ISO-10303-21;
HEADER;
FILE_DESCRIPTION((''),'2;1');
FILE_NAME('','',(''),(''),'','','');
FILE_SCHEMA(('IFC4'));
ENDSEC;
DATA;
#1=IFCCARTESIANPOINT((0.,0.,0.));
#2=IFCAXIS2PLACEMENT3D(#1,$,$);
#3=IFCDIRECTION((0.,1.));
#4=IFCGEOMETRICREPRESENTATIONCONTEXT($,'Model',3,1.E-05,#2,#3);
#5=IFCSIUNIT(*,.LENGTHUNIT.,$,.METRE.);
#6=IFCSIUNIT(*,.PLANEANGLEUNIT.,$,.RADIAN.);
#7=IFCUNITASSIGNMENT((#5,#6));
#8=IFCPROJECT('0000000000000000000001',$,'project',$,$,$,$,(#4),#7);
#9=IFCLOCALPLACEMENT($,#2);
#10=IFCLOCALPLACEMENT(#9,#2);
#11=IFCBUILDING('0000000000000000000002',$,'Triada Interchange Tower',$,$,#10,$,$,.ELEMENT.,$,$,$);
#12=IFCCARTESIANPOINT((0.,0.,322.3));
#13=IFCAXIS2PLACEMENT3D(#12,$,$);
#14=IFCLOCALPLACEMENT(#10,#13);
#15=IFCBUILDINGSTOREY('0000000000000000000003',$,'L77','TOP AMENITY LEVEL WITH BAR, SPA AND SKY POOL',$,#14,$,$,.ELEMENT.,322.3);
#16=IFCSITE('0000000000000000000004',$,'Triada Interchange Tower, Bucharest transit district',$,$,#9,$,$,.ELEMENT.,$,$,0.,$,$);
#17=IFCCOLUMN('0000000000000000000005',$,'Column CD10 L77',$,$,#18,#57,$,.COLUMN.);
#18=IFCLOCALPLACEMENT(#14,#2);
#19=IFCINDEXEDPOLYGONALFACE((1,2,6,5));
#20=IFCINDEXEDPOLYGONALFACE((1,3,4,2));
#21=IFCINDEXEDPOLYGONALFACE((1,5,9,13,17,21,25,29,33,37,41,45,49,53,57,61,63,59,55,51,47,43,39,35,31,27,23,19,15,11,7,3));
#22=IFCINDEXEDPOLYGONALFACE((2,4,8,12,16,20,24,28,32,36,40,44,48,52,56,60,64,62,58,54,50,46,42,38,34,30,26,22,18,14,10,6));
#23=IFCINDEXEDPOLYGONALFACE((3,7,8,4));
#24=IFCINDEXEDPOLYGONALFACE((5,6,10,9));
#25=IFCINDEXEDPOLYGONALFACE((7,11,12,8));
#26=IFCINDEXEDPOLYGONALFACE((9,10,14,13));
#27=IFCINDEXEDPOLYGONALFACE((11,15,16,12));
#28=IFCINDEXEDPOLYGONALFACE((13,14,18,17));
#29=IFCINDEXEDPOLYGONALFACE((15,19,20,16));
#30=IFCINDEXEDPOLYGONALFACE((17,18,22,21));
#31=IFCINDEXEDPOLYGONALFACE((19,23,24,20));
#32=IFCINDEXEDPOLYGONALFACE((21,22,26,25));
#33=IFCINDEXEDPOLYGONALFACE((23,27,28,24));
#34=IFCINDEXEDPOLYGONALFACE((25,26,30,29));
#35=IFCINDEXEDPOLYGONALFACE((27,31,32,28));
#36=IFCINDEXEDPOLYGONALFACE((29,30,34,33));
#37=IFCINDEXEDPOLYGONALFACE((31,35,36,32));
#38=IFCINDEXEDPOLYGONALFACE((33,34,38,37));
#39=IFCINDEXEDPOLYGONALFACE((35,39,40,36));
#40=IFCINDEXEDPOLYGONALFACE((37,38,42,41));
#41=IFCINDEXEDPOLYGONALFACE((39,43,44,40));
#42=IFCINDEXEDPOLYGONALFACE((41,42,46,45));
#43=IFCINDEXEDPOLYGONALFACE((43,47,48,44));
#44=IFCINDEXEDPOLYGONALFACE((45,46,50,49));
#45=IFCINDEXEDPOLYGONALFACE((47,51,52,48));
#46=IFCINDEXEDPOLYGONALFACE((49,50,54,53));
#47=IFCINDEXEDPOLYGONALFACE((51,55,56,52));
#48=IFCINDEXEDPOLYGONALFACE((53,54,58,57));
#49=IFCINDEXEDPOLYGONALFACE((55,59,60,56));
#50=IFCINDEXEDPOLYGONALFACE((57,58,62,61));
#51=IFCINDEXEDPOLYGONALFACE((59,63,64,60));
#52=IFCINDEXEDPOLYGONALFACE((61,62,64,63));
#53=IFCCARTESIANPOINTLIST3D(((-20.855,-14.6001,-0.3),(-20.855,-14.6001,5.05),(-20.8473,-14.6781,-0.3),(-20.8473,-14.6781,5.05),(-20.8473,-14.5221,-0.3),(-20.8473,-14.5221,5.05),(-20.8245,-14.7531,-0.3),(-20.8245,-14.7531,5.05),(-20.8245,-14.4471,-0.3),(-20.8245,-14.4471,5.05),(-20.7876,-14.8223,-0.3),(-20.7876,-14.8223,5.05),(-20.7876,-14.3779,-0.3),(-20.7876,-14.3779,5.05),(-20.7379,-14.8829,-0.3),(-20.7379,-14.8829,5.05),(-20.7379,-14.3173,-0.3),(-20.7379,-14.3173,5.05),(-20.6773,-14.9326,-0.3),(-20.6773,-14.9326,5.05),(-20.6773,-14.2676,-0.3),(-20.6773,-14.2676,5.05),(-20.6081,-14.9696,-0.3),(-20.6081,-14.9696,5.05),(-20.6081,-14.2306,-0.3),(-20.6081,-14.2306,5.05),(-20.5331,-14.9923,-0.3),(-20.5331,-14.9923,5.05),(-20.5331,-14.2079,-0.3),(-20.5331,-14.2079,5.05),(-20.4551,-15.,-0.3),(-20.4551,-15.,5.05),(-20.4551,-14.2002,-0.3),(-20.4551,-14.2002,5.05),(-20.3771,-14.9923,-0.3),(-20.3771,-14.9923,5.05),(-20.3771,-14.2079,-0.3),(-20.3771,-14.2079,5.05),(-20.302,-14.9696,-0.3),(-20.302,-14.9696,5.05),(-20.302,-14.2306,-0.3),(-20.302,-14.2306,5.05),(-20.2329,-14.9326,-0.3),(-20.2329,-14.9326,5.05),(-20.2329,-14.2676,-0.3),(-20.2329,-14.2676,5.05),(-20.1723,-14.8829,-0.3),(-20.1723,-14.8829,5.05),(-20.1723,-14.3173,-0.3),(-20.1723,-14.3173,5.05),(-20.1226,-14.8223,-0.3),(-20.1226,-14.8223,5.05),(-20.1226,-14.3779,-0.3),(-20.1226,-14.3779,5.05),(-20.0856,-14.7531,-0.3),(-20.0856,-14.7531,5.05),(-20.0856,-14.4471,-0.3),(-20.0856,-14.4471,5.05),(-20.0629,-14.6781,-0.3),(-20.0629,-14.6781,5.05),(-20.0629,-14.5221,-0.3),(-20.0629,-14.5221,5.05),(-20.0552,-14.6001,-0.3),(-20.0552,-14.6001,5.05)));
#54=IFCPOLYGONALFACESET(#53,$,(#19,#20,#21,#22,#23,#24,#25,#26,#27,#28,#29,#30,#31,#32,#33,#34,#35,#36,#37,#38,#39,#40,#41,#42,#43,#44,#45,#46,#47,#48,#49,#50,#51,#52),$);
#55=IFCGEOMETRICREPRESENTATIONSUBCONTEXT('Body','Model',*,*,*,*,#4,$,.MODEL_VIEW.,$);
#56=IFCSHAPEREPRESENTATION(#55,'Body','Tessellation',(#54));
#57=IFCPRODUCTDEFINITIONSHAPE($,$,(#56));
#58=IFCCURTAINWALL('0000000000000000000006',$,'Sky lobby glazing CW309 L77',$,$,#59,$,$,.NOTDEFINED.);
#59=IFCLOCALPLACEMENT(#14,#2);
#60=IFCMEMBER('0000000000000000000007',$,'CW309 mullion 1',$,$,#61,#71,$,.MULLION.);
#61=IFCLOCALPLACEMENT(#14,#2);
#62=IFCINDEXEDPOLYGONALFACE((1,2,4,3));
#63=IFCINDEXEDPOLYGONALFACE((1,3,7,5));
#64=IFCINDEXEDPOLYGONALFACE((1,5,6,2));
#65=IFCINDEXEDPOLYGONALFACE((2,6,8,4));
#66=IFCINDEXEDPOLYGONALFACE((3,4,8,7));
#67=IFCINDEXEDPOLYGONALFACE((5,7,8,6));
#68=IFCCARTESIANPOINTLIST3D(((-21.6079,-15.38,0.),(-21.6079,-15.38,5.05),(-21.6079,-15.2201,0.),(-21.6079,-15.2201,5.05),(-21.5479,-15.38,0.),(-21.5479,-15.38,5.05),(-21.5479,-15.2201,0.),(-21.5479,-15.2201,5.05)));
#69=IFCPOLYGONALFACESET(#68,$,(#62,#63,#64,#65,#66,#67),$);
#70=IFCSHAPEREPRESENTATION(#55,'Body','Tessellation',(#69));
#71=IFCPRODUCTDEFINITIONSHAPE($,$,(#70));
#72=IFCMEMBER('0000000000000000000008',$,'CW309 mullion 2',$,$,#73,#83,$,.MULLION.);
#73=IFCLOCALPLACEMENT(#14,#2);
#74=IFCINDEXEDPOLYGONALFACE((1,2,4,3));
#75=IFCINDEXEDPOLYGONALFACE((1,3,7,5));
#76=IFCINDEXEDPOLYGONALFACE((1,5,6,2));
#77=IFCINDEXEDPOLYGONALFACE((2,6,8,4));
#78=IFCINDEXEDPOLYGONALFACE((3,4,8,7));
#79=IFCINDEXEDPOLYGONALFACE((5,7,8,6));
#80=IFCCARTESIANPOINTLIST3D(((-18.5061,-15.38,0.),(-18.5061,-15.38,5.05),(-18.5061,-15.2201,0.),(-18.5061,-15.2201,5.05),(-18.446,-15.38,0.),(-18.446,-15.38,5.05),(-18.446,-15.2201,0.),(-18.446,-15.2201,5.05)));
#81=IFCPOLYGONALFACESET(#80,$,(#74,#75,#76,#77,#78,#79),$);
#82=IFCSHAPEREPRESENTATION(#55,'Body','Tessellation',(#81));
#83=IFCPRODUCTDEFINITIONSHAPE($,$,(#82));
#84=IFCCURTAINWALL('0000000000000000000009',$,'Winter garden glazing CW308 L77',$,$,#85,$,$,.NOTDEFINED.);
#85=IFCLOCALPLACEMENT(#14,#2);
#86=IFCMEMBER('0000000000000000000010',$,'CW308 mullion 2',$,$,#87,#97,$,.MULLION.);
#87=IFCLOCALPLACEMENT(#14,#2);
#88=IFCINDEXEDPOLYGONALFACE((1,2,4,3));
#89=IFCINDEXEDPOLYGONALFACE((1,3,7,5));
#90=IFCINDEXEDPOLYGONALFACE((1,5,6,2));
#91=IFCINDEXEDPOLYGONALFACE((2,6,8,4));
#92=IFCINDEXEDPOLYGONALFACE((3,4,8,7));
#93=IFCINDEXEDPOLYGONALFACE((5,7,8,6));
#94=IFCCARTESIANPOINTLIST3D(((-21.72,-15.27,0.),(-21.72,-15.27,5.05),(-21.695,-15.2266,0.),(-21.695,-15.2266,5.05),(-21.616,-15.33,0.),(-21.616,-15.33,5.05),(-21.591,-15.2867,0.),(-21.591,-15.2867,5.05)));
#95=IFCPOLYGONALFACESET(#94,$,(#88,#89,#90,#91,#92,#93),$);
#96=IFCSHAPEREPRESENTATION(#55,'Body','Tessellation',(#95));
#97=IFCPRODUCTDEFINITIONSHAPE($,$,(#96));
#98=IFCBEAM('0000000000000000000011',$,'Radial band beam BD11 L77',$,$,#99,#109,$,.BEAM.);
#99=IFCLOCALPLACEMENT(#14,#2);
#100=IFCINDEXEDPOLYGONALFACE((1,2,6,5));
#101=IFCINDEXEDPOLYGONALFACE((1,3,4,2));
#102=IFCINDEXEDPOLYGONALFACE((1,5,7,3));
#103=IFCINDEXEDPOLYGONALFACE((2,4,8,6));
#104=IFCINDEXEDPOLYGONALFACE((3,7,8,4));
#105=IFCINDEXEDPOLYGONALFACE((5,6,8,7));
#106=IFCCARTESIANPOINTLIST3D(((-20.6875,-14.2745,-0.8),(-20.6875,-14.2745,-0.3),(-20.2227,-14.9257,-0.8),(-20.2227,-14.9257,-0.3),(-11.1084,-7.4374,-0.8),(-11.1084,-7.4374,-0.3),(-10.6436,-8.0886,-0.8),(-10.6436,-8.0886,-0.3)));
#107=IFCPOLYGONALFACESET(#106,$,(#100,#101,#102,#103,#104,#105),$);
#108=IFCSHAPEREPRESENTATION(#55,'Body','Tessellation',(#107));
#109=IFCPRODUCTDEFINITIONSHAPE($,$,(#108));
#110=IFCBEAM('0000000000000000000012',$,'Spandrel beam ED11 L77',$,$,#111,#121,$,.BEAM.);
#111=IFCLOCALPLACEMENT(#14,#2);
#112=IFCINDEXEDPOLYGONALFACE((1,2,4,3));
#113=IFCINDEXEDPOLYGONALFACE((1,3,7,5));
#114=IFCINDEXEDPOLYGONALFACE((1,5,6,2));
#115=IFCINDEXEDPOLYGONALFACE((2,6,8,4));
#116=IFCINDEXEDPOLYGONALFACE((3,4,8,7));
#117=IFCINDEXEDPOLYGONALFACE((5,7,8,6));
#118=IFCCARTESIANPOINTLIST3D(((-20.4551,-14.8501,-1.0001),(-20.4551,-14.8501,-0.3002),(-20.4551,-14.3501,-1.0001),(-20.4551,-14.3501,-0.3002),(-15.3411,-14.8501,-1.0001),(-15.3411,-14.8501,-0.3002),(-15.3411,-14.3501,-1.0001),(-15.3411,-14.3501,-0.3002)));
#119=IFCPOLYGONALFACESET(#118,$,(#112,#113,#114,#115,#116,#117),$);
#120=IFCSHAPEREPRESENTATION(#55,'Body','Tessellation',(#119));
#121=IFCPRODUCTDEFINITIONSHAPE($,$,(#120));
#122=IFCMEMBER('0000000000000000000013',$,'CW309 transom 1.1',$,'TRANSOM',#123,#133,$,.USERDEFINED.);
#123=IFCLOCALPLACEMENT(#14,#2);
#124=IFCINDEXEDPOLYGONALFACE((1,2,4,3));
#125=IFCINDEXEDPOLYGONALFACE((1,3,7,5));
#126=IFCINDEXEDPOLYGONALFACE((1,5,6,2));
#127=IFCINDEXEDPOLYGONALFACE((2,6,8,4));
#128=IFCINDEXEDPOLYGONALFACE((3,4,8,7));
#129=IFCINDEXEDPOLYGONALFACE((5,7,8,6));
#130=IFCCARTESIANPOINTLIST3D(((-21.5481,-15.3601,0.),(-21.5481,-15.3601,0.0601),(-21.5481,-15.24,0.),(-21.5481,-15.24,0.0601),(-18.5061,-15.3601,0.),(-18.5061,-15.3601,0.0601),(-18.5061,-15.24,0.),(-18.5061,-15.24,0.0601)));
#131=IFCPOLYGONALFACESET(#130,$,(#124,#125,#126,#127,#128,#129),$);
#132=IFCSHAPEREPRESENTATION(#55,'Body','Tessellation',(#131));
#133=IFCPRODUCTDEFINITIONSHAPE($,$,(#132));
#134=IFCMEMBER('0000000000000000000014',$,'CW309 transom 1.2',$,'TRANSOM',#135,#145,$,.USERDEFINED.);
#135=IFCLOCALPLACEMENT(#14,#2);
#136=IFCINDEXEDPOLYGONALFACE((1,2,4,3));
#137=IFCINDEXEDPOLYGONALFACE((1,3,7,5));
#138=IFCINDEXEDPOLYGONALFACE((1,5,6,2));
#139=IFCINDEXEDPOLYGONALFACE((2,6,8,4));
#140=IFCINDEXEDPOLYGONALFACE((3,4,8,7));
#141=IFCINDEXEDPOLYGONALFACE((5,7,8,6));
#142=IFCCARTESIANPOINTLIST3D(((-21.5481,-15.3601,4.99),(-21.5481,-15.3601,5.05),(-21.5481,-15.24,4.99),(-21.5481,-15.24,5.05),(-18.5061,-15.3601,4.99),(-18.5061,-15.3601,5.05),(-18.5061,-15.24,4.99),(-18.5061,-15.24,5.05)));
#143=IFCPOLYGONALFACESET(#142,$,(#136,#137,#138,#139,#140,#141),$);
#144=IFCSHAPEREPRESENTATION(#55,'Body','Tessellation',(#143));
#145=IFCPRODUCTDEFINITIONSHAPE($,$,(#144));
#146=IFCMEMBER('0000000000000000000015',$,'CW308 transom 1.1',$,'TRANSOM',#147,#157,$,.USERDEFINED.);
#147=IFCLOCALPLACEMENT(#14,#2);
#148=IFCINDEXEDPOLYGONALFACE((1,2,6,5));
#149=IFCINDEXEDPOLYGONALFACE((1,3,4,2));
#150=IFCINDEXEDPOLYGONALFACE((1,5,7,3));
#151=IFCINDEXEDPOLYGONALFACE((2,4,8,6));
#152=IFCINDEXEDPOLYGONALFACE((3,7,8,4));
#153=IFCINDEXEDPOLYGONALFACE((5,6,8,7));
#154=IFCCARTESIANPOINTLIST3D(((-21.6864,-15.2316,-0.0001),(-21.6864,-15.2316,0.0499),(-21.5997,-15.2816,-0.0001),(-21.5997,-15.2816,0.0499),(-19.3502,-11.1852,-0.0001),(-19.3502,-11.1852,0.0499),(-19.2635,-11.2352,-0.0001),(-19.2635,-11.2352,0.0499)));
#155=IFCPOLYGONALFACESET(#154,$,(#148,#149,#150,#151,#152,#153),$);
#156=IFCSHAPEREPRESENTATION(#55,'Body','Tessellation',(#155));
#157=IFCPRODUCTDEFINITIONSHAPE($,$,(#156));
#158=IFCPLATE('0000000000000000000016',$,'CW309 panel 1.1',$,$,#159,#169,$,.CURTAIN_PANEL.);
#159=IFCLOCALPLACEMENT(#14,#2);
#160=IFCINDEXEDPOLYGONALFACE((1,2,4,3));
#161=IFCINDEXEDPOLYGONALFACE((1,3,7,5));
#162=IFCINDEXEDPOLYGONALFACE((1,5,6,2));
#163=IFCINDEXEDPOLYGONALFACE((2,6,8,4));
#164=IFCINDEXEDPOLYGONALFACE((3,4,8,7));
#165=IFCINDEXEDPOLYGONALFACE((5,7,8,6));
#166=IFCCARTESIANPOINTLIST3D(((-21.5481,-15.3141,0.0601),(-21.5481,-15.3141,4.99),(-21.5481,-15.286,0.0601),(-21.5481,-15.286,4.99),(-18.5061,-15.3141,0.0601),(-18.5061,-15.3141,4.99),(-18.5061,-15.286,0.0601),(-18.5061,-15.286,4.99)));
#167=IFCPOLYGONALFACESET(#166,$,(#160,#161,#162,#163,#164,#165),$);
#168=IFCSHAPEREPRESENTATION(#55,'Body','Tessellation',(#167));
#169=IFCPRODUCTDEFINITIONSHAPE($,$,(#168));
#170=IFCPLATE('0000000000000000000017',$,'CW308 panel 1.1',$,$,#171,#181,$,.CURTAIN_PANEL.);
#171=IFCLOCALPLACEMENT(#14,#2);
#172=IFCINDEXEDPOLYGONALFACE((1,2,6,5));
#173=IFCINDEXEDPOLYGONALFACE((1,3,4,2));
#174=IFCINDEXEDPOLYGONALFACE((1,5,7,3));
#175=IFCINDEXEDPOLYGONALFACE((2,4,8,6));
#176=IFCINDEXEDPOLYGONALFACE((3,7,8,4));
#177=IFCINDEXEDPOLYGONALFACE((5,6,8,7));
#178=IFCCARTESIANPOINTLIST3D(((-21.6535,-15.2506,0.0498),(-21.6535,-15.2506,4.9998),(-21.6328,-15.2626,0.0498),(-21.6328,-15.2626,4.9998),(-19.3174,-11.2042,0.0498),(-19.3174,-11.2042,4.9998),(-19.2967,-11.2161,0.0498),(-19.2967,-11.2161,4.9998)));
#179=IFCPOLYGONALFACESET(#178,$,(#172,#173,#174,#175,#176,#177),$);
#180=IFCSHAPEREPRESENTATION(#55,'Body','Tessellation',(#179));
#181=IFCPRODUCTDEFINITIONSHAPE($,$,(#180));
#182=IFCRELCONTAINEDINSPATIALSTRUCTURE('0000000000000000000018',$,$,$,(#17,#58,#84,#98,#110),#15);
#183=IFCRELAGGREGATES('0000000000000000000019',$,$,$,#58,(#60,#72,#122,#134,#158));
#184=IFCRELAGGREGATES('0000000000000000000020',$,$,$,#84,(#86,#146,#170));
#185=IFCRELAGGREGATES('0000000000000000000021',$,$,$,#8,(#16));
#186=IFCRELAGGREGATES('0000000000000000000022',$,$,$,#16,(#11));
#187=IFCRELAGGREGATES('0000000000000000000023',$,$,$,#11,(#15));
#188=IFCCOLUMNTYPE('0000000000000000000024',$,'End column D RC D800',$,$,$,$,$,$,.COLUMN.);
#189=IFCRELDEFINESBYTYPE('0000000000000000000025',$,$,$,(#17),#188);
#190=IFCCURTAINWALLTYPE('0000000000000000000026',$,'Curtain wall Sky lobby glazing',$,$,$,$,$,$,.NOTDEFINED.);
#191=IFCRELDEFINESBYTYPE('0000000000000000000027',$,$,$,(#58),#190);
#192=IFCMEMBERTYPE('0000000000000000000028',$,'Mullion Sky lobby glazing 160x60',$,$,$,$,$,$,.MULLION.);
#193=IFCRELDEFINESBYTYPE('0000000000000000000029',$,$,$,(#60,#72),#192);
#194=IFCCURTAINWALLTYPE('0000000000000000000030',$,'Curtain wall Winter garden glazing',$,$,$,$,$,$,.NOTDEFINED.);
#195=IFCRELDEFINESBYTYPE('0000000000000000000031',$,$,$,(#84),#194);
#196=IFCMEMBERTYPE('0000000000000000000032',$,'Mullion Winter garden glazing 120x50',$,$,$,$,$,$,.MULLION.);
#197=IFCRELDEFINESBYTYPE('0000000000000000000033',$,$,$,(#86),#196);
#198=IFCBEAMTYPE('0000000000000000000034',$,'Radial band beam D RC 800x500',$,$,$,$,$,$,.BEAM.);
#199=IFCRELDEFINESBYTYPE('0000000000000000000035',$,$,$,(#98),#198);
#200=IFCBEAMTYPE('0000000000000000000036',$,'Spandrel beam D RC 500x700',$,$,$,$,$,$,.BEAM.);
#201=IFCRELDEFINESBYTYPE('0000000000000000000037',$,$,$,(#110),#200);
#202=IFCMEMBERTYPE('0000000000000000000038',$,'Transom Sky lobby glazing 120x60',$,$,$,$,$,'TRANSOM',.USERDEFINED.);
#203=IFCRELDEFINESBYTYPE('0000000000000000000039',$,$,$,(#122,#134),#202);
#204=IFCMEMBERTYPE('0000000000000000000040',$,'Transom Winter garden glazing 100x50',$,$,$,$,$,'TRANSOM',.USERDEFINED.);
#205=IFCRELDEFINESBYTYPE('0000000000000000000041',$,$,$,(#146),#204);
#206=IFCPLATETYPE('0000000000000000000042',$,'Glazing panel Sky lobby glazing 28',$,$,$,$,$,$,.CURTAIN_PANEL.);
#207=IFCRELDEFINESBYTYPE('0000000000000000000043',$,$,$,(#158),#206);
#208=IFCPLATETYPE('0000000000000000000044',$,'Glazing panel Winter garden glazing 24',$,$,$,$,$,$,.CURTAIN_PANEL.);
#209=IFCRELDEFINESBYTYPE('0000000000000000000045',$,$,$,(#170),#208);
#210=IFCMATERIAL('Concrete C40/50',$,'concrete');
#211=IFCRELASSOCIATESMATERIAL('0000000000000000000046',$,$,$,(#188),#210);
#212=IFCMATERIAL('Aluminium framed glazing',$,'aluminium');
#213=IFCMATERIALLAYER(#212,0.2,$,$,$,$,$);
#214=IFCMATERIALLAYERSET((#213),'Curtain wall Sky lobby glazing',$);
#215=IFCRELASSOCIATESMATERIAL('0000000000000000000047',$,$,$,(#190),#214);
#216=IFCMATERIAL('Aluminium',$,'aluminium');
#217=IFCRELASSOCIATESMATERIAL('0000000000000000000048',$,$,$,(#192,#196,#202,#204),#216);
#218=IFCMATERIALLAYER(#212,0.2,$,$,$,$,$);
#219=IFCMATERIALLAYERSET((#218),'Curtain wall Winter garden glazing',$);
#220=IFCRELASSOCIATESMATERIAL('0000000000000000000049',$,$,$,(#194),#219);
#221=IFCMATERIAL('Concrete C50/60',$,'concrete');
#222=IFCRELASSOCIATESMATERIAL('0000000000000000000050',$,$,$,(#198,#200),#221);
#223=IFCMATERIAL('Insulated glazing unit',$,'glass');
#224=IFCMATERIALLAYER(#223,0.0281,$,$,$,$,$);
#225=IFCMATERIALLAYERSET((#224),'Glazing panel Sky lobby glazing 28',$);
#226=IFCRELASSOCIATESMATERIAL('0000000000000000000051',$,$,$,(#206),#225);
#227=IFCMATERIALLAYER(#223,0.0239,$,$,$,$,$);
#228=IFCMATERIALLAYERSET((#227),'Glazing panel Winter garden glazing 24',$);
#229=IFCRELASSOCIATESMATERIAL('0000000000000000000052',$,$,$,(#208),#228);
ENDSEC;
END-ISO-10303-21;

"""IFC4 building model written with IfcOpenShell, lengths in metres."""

from ifc_helpers import new_model, si_unit, direction, frame, origin, origin_2d, place, context, subcontext, project, spatial, rectangle, circle, extrude, material, layer, layer_set, material_profile, profile_set, type_object, element, aggregate, save


model = new_model("IFC4")

# Units and contexts
model_context = context("Model", 3, precision=1e-05, world=origin(), true_north=direction((0.0, 1.0)))
body_context = subcontext(model_context, "Body", "Model", "MODEL_VIEW")
ifc_project = project(units=[si_unit("LENGTHUNIT", "METRE"), si_unit("PLANEANGLEUNIT", "RADIAN")], contexts=[model_context])

# Site, building, storey
site_placement = place(None, origin())
site = spatial("IfcSite", under=ifc_project, at=site_placement, Name="Triada Interchange Tower, Bucharest transit district", CompositionType="ELEMENT", RefElevation=0.0)
building_placement = place(site_placement, origin())
building = spatial("IfcBuilding", under=site, at=building_placement, Name="Triada Interchange Tower", CompositionType="ELEMENT")
storey_placement = place(building_placement, frame((0.0, 0.0, 322.3)))
storey = spatial("IfcBuildingStorey", under=building, at=storey_placement, Name="L77", Description="TOP AMENITY LEVEL WITH BAR, SPA AND SKY POOL", CompositionType="ELEMENT", Elevation=322.3)

# Column
ifc_material_1 = material(Name="Concrete C40/50", Category="concrete")
ifc_material_profile_1 = material_profile(ifc_material_1, circle(Radius=0.3999, at=origin_2d()), Name="RC D800")
ifc_profile_set_1 = profile_set([ifc_material_profile_1], Name="Concrete C40/50")
column_type = type_object("IfcColumnType", Name="End column D RC D800", PredefinedType="COLUMN", material=ifc_profile_set_1)
column_placement = place(storey_placement, frame((-20.4551, -14.6001, -0.3), z_axis=(0.0, 0.0, 1.0), x_axis=(1.0, 0.0, 0.0)))
element("IfcColumn", 1, at=column_placement, inside=storey, type_object=column_type, Name="Column CD10 L77", PredefinedType="COLUMN", context=body_context, shape_type="SweptSolid", body=[
    extrude(circle(Radius=0.3999, at=origin_2d()), origin(), (0.0, 0.0, 1.0), 5.3501),
])

# Curtain wall, members
ifc_material_2 = material(Name="Aluminium framed glazing", Category="aluminium")
ifc_layer_1 = layer(ifc_material_2, 0.2)
ifc_layer_set_1 = layer_set([ifc_layer_1], Name="Curtain wall Sky lobby glazing")
curtain_wall_type_1 = type_object("IfcCurtainWallType", Name="Curtain wall Sky lobby glazing", PredefinedType="NOTDEFINED", material=ifc_layer_set_1)
curtain_wall_1_placement = place(storey_placement, origin())
curtain_wall_1 = element("IfcCurtainWall", 2, at=curtain_wall_1_placement, inside=storey, type_object=curtain_wall_type_1, Name="Sky lobby glazing CW309 L77", PredefinedType="NOTDEFINED")
ifc_material_3 = material(Name="Aluminium", Category="aluminium")
ifc_material_profile_2 = material_profile(ifc_material_3, rectangle(XDim=0.1599, YDim=0.0601, at=origin_2d()), Name="Aluminium mullion")
ifc_profile_set_2 = profile_set([ifc_material_profile_2], Name="Aluminium")
member_type_1 = type_object("IfcMemberType", Name="Mullion Sky lobby glazing 160x60", PredefinedType="MULLION", material=ifc_profile_set_2)
member_1_placement = place(storey_placement, frame((-21.5779, -15.3, 0.0), z_axis=(0.0, 0.0, 1.0), x_axis=(0.0, 1.0, 0.0)))
member_1 = element("IfcMember", 3, at=member_1_placement, type_object=member_type_1, Name="CW309 mullion 1", PredefinedType="MULLION", context=body_context, shape_type="SweptSolid", body=[
    extrude(rectangle(XDim=0.1599, YDim=0.0601, at=origin_2d()), origin(), (0.0, 0.0, 1.0), 5.05),
])
member_2_placement = place(storey_placement, frame((-18.4761, -15.3, 0.0), z_axis=(0.0, 0.0, 1.0), x_axis=(0.0, 1.0, 0.0)))
member_2 = element("IfcMember", 4, at=member_2_placement, type_object=member_type_1, Name="CW309 mullion 2", PredefinedType="MULLION", context=body_context, shape_type="SweptSolid", body=[
    extrude(rectangle(XDim=0.1599, YDim=0.0601, at=origin_2d()), origin(), (0.0, 0.0, 1.0), 5.05),
])

# Curtain wall, member
ifc_layer_2 = layer(ifc_material_2, 0.2)
ifc_layer_set_2 = layer_set([ifc_layer_2], Name="Curtain wall Winter garden glazing")
curtain_wall_type_2 = type_object("IfcCurtainWallType", Name="Curtain wall Winter garden glazing", PredefinedType="NOTDEFINED", material=ifc_layer_set_2)
curtain_wall_2_placement = place(storey_placement, origin())
curtain_wall_2 = element("IfcCurtainWall", 5, at=curtain_wall_2_placement, inside=storey, type_object=curtain_wall_type_2, Name="Winter garden glazing CW308 L77", PredefinedType="NOTDEFINED")
ifc_material_profile_3 = material_profile(ifc_material_3, rectangle(XDim=0.1201, YDim=0.05, at=origin_2d()), Name="Aluminium mullion")
ifc_profile_set_3 = profile_set([ifc_material_profile_3], Name="Aluminium")
member_type_2 = type_object("IfcMemberType", Name="Mullion Winter garden glazing 120x50", PredefinedType="MULLION", material=ifc_profile_set_3)
member_3_placement = place(storey_placement, frame((-21.6555, -15.2783, 0.0), z_axis=(0.0, 0.0, 1.0), x_axis=(0.866043, -0.49997, 0.0)))
member_3 = element("IfcMember", 6, at=member_3_placement, type_object=member_type_2, Name="CW308 mullion 2", PredefinedType="MULLION", context=body_context, shape_type="SweptSolid", body=[
    extrude(rectangle(XDim=0.1201, YDim=0.05, at=origin_2d()), origin(), (0.0, 0.0, 1.0), 5.05),
])

# Beams
ifc_material_4 = material(Name="Concrete C50/60", Category="concrete")
ifc_material_profile_4 = material_profile(ifc_material_4, rectangle(XDim=0.8, YDim=0.5, at=origin_2d()), Name="RC 800x500")
ifc_profile_set_4 = profile_set([ifc_material_profile_4], Name="Concrete C50/60")
beam_type_1 = type_object("IfcBeamType", Name="Radial band beam D RC 800x500", PredefinedType="BEAM", material=ifc_profile_set_4)
beam_1_placement = place(storey_placement, frame((-20.4551, -14.6001, -0.55), z_axis=(0.813937, 0.580954, 0.0), x_axis=(-0.580954, 0.813937, 0.0)))
element("IfcBeam", 7, at=beam_1_placement, inside=storey, type_object=beam_type_1, Name="Radial band beam BD11 L77", PredefinedType="BEAM", context=body_context, shape_type="SweptSolid", body=[
    extrude(rectangle(XDim=0.8, YDim=0.5, at=origin_2d()), origin(), (0.0, 0.0, 1.0), 11.7688),
])
ifc_material_profile_5 = material_profile(ifc_material_4, rectangle(XDim=0.5, YDim=0.7, at=origin_2d()), Name="RC 500x700")
ifc_profile_set_5 = profile_set([ifc_material_profile_5], Name="Concrete C50/60")
beam_type_2 = type_object("IfcBeamType", Name="Spandrel beam D RC 500x700", PredefinedType="BEAM", material=ifc_profile_set_5)
beam_2_placement = place(storey_placement, frame((-20.4551, -14.6001, -0.6501), z_axis=(1.0, 0.0, 0.0), x_axis=(0.0, 1.0, 0.0)))
element("IfcBeam", 8, at=beam_2_placement, inside=storey, type_object=beam_type_2, Name="Spandrel beam ED11 L77", PredefinedType="BEAM", context=body_context, shape_type="SweptSolid", body=[
    extrude(rectangle(XDim=0.5, YDim=0.7, at=origin_2d()), origin(), (0.0, 0.0, 1.0), 5.114),
])

# Members
ifc_material_profile_6 = material_profile(ifc_material_3, rectangle(XDim=0.1201, YDim=0.0601, at=origin_2d()), Name="Aluminium transom")
ifc_profile_set_6 = profile_set([ifc_material_profile_6], Name="Aluminium")
member_type_3 = type_object("IfcMemberType", Name="Transom Sky lobby glazing 120x60", ElementType="TRANSOM", PredefinedType="USERDEFINED", material=ifc_profile_set_6)
member_4_placement = place(storey_placement, frame((-21.5481, -15.3, 0.03), z_axis=(1.0, 0.0, 0.0), x_axis=(0.0, 1.0, 0.0)))
member_4 = element("IfcMember", 9, at=member_4_placement, type_object=member_type_3, Name="CW309 transom 1.1", ObjectType="TRANSOM", PredefinedType="USERDEFINED", context=body_context, shape_type="SweptSolid", body=[
    extrude(rectangle(XDim=0.1201, YDim=0.0601, at=origin_2d()), origin(), (0.0, 0.0, 1.0), 3.042),
])
member_5_placement = place(storey_placement, frame((-21.5481, -15.3, 5.02), z_axis=(1.0, 0.0, 0.0), x_axis=(0.0, 1.0, 0.0)))
member_5 = element("IfcMember", 10, at=member_5_placement, type_object=member_type_3, Name="CW309 transom 1.2", ObjectType="TRANSOM", PredefinedType="USERDEFINED", context=body_context, shape_type="SweptSolid", body=[
    extrude(rectangle(XDim=0.1201, YDim=0.0601, at=origin_2d()), origin(), (0.0, 0.0, 1.0), 3.042),
])
ifc_material_profile_7 = material_profile(ifc_material_3, rectangle(XDim=0.1001, YDim=0.05, at=origin_2d()), Name="Aluminium transom")
ifc_profile_set_7 = profile_set([ifc_material_profile_7], Name="Aluminium")
member_type_4 = type_object("IfcMemberType", Name="Transom Winter garden glazing 100x50", ElementType="TRANSOM", PredefinedType="USERDEFINED", material=ifc_profile_set_7)
member_6_placement = place(storey_placement, frame((-19.3069, -11.2102, 0.0249), z_axis=(-0.5, -0.866025, 0.0), x_axis=(0.866025, -0.5, 0.0)))
member_6 = element("IfcMember", 11, at=member_6_placement, type_object=member_type_4, Name="CW308 transom 1.1", ObjectType="TRANSOM", PredefinedType="USERDEFINED", context=body_context, shape_type="SweptSolid", body=[
    extrude(rectangle(XDim=0.1001, YDim=0.05, at=origin_2d()), origin(), (0.0, 0.0, 1.0), 4.6724),
])

# Plates
ifc_material_5 = material(Name="Insulated glazing unit", Category="glass")
ifc_layer_3 = layer(ifc_material_5, 0.0281)
ifc_layer_set_3 = layer_set([ifc_layer_3], Name="Glazing panel Sky lobby glazing 28")
plate_type_1 = type_object("IfcPlateType", Name="Glazing panel Sky lobby glazing 28", PredefinedType="CURTAIN_PANEL", material=ifc_layer_set_3)
plate_1_placement = place(storey_placement, frame((-20.0271, -15.3, 0.0601), z_axis=(0.0, 0.0, 1.0), x_axis=(1.0, 0.0, 0.0)))
plate_1 = element("IfcPlate", 12, at=plate_1_placement, type_object=plate_type_1, Name="CW309 panel 1.1", PredefinedType="CURTAIN_PANEL", context=body_context, shape_type="SweptSolid", body=[
    extrude(rectangle(XDim=3.042, YDim=0.0281, at=origin_2d()), origin(), (0.0, 0.0, 1.0), 4.9299),
])
aggregate(curtain_wall_1, [member_1, member_2, member_4, member_5, plate_1])
ifc_layer_4 = layer(ifc_material_5, 0.0239)
ifc_layer_set_4 = layer_set([ifc_layer_4], Name="Glazing panel Winter garden glazing 24")
plate_type_2 = type_object("IfcPlateType", Name="Glazing panel Winter garden glazing 24", PredefinedType="CURTAIN_PANEL", material=ifc_layer_set_4)
plate_2_placement = place(storey_placement, frame((-20.4751, -13.2334, 0.0498), z_axis=(0.0, 0.0, 1.0), x_axis=(-0.49997, -0.866043, 0.0)))
plate_2 = element("IfcPlate", 13, at=plate_2_placement, type_object=plate_type_2, Name="CW308 panel 1.1", PredefinedType="CURTAIN_PANEL", context=body_context, shape_type="SweptSolid", body=[
    extrude(rectangle(XDim=4.6724, YDim=0.0239, at=origin_2d()), origin(), (0.0, 0.0, 1.0), 4.95),
])
aggregate(curtain_wall_2, [member_3, member_6, plate_2])

save(model, "model.ifc")
